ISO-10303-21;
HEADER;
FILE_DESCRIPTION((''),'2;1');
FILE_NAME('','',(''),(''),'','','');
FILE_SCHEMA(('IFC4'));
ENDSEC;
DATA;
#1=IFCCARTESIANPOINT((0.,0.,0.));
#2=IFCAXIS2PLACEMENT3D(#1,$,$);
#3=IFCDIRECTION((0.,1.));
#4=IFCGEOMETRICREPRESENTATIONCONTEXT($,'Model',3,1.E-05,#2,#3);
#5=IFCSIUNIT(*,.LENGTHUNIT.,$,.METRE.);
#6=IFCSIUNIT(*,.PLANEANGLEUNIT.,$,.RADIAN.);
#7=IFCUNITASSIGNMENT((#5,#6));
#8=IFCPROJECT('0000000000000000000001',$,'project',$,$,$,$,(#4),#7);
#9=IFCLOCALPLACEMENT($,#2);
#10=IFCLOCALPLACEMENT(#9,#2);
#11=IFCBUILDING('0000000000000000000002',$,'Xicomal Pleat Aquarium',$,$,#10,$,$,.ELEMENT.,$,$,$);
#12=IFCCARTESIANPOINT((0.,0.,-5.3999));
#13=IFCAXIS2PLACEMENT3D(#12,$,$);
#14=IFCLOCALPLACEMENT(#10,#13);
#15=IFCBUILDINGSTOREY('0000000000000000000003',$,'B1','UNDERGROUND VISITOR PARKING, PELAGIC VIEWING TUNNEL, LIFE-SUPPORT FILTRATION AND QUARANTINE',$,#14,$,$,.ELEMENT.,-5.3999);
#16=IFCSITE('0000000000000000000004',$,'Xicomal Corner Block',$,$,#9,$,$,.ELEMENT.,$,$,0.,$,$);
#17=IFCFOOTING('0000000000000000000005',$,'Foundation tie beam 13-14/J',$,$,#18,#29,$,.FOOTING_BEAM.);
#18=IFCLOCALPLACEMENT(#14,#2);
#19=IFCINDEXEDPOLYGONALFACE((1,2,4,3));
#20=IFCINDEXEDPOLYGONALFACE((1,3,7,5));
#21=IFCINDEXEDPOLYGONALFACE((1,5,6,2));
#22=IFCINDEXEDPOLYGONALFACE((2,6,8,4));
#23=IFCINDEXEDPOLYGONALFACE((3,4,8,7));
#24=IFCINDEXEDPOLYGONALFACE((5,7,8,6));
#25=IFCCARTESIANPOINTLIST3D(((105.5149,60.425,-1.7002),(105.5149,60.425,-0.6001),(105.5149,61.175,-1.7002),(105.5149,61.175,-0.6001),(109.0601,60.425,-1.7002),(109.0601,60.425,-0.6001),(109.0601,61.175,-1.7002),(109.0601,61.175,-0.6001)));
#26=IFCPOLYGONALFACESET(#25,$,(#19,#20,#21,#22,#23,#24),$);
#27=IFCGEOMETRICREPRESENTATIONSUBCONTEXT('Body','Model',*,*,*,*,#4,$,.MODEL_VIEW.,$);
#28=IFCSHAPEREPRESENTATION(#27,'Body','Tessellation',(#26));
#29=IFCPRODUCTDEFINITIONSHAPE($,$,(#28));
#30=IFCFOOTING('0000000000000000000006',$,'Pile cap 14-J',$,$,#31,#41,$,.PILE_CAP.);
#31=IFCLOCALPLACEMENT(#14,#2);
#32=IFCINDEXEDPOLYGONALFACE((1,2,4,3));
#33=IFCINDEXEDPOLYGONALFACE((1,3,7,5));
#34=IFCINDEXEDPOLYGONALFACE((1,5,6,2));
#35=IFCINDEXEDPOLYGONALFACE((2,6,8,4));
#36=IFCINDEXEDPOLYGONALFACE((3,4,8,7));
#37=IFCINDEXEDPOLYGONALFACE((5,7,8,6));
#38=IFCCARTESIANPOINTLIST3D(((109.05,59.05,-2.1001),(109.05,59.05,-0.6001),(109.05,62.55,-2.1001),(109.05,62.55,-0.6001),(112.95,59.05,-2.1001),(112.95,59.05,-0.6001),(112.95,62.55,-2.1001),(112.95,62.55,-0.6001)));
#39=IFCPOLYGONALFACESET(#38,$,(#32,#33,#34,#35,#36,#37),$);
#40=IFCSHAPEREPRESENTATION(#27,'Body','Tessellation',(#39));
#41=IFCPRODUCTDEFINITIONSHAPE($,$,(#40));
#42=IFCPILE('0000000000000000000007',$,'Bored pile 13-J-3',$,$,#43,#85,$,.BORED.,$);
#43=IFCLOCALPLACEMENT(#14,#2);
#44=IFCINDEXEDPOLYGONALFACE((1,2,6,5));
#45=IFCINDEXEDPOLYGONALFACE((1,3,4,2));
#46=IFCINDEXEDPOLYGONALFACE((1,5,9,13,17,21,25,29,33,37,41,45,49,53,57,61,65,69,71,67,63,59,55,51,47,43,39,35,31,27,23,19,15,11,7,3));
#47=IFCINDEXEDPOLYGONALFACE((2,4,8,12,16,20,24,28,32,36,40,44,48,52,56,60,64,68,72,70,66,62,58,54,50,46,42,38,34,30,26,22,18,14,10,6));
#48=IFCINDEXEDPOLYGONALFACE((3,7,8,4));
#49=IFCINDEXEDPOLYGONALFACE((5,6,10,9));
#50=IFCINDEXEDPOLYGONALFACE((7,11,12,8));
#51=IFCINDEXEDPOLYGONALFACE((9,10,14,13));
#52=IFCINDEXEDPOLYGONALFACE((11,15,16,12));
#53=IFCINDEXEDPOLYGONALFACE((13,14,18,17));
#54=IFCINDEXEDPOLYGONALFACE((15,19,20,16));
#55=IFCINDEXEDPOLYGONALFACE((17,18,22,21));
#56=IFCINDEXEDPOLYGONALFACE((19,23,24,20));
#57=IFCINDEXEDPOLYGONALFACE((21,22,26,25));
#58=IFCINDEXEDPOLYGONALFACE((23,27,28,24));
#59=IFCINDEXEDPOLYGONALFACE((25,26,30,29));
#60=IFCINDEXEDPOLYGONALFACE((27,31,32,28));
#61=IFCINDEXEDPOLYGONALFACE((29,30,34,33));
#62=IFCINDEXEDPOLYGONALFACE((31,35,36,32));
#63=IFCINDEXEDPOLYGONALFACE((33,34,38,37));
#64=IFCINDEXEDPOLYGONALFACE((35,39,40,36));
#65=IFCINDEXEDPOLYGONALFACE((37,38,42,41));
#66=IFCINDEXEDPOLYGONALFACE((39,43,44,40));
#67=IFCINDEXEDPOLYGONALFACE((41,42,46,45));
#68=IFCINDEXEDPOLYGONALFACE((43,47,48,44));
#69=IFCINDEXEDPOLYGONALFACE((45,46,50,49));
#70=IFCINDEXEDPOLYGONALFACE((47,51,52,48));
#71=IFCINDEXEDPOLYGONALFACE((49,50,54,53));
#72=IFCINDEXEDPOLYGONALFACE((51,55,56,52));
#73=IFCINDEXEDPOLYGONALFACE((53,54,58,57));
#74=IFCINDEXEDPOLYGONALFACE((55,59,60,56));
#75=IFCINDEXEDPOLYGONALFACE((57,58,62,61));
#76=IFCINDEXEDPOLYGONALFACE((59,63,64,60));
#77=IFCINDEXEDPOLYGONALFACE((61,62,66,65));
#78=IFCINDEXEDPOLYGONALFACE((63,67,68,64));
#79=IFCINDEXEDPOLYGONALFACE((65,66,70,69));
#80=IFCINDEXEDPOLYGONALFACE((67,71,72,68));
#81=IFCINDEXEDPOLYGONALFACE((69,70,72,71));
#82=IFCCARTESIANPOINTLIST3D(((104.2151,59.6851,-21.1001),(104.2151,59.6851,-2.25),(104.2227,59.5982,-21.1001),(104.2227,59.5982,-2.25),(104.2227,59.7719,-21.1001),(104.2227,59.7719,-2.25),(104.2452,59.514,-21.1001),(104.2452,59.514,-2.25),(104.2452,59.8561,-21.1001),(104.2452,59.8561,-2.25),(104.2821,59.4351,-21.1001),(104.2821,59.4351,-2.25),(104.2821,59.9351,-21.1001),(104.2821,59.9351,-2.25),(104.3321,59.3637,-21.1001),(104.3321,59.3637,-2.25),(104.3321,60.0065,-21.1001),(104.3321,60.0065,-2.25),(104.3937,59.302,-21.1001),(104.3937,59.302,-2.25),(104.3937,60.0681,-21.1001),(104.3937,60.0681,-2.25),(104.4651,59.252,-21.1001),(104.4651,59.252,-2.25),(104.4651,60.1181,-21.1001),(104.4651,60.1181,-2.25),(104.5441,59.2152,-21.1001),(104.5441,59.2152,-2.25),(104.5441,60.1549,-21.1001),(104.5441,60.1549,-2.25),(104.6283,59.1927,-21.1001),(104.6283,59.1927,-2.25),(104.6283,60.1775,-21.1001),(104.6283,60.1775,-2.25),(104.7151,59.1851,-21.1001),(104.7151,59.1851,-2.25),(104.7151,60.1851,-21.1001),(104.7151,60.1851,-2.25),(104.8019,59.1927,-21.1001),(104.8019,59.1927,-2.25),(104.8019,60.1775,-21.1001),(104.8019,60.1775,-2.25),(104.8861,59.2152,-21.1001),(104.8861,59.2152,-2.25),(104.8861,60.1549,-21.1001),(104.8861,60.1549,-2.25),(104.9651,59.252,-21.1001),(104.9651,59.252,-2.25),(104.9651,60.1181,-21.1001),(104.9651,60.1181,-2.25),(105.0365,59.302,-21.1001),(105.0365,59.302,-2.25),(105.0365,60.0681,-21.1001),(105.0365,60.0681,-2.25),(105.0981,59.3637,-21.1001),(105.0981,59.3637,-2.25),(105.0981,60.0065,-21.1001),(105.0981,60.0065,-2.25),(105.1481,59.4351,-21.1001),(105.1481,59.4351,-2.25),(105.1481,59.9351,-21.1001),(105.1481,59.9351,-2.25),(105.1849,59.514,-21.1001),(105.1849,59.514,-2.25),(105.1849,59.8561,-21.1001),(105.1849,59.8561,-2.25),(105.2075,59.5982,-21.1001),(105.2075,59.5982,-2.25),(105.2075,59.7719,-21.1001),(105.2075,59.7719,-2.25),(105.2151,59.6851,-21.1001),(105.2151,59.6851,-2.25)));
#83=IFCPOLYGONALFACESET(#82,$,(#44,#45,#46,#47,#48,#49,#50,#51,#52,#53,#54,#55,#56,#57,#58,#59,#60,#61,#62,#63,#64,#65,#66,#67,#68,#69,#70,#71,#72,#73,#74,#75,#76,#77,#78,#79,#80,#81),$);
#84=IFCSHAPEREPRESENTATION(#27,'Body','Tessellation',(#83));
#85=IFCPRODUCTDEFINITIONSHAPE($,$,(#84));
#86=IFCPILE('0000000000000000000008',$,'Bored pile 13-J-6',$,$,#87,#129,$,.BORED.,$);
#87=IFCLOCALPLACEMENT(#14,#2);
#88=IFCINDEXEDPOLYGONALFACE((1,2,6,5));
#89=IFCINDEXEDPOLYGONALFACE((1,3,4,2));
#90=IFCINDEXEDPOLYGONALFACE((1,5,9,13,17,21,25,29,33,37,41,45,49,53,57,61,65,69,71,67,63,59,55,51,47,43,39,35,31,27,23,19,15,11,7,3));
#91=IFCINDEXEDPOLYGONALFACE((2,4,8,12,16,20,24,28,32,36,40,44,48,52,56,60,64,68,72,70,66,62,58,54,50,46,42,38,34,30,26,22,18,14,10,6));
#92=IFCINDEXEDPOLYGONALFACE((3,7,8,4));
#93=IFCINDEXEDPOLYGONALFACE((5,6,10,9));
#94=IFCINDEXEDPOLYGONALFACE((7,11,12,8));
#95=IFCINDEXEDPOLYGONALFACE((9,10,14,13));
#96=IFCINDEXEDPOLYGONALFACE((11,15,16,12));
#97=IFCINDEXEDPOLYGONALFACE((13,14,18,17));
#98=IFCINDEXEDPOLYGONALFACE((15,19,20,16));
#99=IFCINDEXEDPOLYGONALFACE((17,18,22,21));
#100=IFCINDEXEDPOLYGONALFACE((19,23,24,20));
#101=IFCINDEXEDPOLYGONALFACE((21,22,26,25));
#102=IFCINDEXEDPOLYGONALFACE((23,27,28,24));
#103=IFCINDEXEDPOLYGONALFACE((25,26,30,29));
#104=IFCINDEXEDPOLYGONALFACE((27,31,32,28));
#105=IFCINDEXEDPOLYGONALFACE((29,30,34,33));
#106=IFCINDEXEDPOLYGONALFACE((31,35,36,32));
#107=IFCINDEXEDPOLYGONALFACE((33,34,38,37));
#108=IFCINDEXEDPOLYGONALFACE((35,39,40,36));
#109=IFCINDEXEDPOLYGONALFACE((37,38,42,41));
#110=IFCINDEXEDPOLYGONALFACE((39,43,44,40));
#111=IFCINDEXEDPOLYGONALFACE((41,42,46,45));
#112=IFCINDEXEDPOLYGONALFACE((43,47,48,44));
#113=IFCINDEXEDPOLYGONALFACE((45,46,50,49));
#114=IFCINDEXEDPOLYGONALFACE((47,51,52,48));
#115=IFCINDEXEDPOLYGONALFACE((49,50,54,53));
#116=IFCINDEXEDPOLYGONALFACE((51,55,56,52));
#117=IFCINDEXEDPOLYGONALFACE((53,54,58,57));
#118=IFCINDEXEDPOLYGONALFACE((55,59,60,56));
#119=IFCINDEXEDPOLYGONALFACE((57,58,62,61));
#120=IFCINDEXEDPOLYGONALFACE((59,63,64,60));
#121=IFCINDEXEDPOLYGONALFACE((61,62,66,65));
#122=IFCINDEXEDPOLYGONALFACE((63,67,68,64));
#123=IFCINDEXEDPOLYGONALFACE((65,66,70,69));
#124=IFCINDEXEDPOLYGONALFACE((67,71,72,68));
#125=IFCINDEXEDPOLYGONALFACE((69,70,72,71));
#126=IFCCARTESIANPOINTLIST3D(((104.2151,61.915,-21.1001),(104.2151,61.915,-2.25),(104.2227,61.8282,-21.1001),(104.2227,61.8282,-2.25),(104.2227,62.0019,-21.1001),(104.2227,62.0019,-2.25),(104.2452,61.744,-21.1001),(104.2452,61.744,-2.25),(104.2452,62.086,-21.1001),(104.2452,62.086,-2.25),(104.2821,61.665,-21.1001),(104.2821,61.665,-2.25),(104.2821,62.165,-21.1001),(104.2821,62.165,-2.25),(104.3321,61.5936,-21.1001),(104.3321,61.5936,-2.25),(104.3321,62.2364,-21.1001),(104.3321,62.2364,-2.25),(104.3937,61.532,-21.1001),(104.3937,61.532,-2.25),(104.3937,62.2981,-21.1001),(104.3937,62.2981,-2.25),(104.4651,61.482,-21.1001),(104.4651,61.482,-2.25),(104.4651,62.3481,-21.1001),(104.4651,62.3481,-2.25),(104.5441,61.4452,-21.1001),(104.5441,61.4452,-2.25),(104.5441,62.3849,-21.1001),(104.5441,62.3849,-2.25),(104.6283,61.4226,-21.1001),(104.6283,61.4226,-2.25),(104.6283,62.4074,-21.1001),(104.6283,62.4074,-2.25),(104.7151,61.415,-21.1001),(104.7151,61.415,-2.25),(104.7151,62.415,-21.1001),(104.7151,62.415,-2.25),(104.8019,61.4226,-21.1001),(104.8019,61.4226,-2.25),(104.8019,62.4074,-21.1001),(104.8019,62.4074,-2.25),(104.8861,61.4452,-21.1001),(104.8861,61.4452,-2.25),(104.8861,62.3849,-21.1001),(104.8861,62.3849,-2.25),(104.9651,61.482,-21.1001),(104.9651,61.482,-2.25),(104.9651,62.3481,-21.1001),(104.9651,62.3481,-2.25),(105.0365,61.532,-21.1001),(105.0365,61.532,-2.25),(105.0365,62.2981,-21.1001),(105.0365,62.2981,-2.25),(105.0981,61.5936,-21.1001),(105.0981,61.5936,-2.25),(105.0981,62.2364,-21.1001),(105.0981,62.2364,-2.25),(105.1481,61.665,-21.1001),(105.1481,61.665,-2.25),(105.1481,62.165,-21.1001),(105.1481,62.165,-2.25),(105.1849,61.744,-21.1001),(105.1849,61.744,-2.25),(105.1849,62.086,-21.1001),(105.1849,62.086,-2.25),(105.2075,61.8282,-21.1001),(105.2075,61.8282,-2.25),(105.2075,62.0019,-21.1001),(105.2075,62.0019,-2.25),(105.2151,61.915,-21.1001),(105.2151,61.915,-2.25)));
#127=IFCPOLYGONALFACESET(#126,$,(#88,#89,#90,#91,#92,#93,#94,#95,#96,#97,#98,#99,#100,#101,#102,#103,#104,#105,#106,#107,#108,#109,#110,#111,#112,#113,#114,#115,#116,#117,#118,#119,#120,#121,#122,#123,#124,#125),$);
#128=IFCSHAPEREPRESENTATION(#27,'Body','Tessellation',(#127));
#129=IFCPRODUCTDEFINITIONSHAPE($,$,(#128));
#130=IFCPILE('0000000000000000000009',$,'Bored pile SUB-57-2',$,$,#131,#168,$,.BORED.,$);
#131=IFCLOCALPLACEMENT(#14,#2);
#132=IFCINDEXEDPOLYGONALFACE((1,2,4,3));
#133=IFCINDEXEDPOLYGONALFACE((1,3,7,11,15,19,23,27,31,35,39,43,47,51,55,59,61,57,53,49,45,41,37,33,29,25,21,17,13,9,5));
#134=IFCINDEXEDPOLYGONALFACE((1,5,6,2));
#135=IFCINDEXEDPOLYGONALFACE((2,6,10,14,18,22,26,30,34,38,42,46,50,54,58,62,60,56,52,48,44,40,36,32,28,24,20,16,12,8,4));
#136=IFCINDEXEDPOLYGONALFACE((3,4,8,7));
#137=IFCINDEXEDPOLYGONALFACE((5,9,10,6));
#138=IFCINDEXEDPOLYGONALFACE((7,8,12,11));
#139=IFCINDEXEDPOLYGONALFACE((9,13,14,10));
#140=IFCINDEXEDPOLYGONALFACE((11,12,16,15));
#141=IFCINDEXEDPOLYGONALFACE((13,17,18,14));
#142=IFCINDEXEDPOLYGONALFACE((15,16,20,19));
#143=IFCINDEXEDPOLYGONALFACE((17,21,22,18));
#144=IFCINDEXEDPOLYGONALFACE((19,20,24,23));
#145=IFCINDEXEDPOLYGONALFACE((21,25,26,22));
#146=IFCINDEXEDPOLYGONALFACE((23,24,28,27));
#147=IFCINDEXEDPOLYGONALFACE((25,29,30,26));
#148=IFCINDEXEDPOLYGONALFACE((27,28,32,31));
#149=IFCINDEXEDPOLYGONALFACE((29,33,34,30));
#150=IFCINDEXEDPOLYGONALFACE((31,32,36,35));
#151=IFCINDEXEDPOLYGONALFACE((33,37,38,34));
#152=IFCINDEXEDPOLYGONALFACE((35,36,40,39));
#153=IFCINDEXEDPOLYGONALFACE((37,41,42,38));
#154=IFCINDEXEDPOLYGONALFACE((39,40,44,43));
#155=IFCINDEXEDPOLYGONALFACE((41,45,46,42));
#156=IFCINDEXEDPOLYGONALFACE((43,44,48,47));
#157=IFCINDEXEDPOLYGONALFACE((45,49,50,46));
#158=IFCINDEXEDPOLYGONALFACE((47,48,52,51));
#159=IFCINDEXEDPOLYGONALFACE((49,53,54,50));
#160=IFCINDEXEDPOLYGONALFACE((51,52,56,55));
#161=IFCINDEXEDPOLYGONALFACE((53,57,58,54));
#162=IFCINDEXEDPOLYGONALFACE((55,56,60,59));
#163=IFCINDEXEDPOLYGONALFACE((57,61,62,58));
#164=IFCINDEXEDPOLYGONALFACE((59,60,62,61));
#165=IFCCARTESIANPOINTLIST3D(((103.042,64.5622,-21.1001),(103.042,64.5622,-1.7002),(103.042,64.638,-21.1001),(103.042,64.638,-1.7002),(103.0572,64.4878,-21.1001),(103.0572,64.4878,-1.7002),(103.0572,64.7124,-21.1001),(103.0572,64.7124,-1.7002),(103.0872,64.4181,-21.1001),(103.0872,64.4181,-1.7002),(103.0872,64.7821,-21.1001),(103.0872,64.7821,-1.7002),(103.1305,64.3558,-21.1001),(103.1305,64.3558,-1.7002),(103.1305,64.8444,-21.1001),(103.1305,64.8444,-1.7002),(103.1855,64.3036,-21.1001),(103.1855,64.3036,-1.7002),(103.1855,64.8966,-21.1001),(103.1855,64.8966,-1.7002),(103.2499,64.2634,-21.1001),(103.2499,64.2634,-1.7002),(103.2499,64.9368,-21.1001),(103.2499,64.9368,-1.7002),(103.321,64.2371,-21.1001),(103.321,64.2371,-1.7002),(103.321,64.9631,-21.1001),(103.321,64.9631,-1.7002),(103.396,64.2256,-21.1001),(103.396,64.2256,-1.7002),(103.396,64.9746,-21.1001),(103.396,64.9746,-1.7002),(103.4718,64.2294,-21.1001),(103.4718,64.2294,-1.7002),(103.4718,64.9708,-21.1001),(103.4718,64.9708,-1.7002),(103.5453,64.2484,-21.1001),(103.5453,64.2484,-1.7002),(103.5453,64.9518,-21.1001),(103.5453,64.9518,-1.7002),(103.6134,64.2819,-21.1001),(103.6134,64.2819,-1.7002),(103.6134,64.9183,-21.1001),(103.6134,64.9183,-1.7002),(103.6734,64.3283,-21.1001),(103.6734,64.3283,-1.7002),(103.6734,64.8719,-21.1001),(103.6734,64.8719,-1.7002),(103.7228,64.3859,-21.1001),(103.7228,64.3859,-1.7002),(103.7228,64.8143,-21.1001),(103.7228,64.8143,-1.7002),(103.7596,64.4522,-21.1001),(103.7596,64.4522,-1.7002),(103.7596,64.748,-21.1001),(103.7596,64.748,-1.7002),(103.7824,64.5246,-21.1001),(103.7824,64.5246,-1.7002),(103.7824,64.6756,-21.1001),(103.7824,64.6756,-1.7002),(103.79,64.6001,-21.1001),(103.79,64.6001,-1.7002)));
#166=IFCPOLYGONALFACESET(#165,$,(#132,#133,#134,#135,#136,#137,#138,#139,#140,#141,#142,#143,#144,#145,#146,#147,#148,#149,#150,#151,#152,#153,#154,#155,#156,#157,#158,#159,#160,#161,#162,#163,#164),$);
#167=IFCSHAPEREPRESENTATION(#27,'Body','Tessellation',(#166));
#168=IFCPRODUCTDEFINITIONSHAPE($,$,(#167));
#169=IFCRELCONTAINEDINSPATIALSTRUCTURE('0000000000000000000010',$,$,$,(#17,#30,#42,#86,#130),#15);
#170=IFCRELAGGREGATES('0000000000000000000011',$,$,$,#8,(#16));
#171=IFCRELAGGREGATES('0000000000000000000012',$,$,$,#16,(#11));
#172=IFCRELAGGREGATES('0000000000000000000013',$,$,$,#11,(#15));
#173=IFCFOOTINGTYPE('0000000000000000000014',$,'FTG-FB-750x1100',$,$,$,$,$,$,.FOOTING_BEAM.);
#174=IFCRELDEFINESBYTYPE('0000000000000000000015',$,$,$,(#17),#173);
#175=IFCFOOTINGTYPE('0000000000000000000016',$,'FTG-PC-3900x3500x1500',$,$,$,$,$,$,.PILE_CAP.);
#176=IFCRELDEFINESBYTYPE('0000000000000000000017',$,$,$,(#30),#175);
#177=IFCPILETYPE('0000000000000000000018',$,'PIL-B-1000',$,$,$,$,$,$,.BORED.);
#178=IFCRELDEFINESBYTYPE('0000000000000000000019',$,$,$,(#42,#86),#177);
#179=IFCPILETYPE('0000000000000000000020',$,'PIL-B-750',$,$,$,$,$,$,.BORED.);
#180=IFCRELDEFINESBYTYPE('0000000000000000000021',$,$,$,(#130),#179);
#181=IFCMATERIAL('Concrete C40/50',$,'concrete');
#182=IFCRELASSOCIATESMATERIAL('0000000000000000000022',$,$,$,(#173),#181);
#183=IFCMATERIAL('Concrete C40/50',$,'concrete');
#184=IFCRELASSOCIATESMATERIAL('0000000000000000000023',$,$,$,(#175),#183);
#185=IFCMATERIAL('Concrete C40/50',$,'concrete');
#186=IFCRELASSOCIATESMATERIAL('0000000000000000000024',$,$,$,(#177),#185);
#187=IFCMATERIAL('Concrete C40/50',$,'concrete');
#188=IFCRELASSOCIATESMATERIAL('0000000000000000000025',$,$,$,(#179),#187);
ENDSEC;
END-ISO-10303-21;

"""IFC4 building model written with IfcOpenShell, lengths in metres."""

from ifc_helpers import new_model, si_unit, direction, frame, origin, origin_2d, place, context, subcontext, project, spatial, rectangle, circle, extrude, material, material_profile, profile_set, type_object, element, save


model = new_model("IFC4")

# Units and contexts
model_context = context("Model", 3, precision=1e-05, world=origin(), true_north=direction((0.0, 1.0)))
body_context = subcontext(model_context, "Body", "Model", "MODEL_VIEW")
ifc_project = project(units=[si_unit("LENGTHUNIT", "METRE"), si_unit("PLANEANGLEUNIT", "RADIAN")], contexts=[model_context])

# Site, building, storey
site_placement = place(None, origin())
site = spatial("IfcSite", under=ifc_project, at=site_placement, Name="Xicomal Corner Block", CompositionType="ELEMENT", RefElevation=0.0)
building_placement = place(site_placement, origin())
building = spatial("IfcBuilding", under=site, at=building_placement, Name="Xicomal Pleat Aquarium", CompositionType="ELEMENT")
storey_placement = place(building_placement, frame((0.0, 0.0, -5.3999)))
storey = spatial("IfcBuildingStorey", under=building, at=storey_placement, Name="B1", Description="UNDERGROUND VISITOR PARKING, PELAGIC VIEWING TUNNEL, LIFE-SUPPORT FILTRATION AND QUARANTINE", CompositionType="ELEMENT", Elevation=-5.3999)

# Footings
ifc_material_1 = material(Name="Concrete C40/50", Category="concrete")
ifc_material_profile_1 = material_profile(ifc_material_1, rectangle(XDim=0.75, YDim=1.1001, at=origin_2d()), Name="FB-04 750x1100")
ifc_profile_set_1 = profile_set([ifc_material_profile_1], Name="Concrete C40/50")
footing_type_1 = type_object("IfcFootingType", Name="FTG-FB-750x1100", PredefinedType="FOOTING_BEAM", material=ifc_profile_set_1)
footing_1_placement = place(storey_placement, frame((105.5149, 60.8, -1.1501), z_axis=(1.0, 0.0, 0.0), x_axis=(0.0, 1.0, 0.0)))
element("IfcFooting", 1, at=footing_1_placement, inside=storey, type_object=footing_type_1, Name="Foundation tie beam 13-14/J", PredefinedType="FOOTING_BEAM", context=body_context, shape_type="SweptSolid", body=[
    extrude(rectangle(XDim=0.75, YDim=1.1001, at=origin_2d()), origin(), (0.0, 0.0, 1.0), 3.5452),
])
ifc_material_2 = material(Name="Concrete C40/50", Category="concrete")
footing_type_2 = type_object("IfcFootingType", Name="FTG-PC-3900x3500x1500", PredefinedType="PILE_CAP", material=ifc_material_2)
footing_2_placement = place(storey_placement, frame((111.0, 60.8, -2.1001), z_axis=(0.0, 0.0, 1.0), x_axis=(1.0, 0.0, 0.0)))
element("IfcFooting", 2, at=footing_2_placement, inside=storey, type_object=footing_type_2, Name="Pile cap 14-J", PredefinedType="PILE_CAP", context=body_context, shape_type="SweptSolid", body=[
    extrude(rectangle(XDim=3.8999, YDim=3.5, at=origin_2d()), origin(), (0.0, 0.0, 1.0), 1.5),
])

# Piles
ifc_material_3 = material(Name="Concrete C40/50", Category="concrete")
ifc_material_profile_2 = material_profile(ifc_material_3, circle(Radius=0.5, at=origin_2d()), Name="BORED PILE D1000")
ifc_profile_set_2 = profile_set([ifc_material_profile_2], Name="Concrete C40/50")
pile_type_1 = type_object("IfcPileType", Name="PIL-B-1000", PredefinedType="BORED", material=ifc_profile_set_2)
for number, where, z_axis, x_axis, name in (
    (3, (104.7151, 59.6851, -2.25), (0.0, 0.0, -1.0), (1.0, 0.0, 0.0), "Bored pile 13-J-3"),
    (4, (104.7151, 61.915, -2.25), (0.0, 0.0, -1.0), (1.0, 0.0, 0.0), "Bored pile 13-J-6"),
):
    element("IfcPile", number, at=place(storey_placement, frame(where, z_axis=z_axis, x_axis=x_axis)), inside=storey, type_object=pile_type_1, Name=name, PredefinedType="BORED", context=body_context, shape_type="SweptSolid", body=[
        extrude(circle(Radius=0.5, at=origin_2d()), origin(), (0.0, 0.0, 1.0), 18.8501),
    ])
ifc_material_4 = material(Name="Concrete C40/50", Category="concrete")
ifc_material_profile_3 = material_profile(ifc_material_4, circle(Radius=0.375, at=origin_2d()), Name="BORED PILE D750")
ifc_profile_set_3 = profile_set([ifc_material_profile_3], Name="Concrete C40/50")
pile_type_2 = type_object("IfcPileType", Name="PIL-B-750", PredefinedType="BORED", material=ifc_profile_set_3)
for number, where, z_axis, x_axis, name in (
    (5, (103.415, 64.6001, -1.7002), (0.0, 0.0, -1.0), (1.0, 0.0, 0.0), "Bored pile SUB-57-2"),
):
    element("IfcPile", number, at=place(storey_placement, frame(where, z_axis=z_axis, x_axis=x_axis)), inside=storey, type_object=pile_type_2, Name=name, PredefinedType="BORED", context=body_context, shape_type="SweptSolid", body=[
        extrude(circle(Radius=0.375, at=origin_2d()), origin(), (0.0, 0.0, 1.0), 19.3999),
    ])

save(model, "model.ifc")
